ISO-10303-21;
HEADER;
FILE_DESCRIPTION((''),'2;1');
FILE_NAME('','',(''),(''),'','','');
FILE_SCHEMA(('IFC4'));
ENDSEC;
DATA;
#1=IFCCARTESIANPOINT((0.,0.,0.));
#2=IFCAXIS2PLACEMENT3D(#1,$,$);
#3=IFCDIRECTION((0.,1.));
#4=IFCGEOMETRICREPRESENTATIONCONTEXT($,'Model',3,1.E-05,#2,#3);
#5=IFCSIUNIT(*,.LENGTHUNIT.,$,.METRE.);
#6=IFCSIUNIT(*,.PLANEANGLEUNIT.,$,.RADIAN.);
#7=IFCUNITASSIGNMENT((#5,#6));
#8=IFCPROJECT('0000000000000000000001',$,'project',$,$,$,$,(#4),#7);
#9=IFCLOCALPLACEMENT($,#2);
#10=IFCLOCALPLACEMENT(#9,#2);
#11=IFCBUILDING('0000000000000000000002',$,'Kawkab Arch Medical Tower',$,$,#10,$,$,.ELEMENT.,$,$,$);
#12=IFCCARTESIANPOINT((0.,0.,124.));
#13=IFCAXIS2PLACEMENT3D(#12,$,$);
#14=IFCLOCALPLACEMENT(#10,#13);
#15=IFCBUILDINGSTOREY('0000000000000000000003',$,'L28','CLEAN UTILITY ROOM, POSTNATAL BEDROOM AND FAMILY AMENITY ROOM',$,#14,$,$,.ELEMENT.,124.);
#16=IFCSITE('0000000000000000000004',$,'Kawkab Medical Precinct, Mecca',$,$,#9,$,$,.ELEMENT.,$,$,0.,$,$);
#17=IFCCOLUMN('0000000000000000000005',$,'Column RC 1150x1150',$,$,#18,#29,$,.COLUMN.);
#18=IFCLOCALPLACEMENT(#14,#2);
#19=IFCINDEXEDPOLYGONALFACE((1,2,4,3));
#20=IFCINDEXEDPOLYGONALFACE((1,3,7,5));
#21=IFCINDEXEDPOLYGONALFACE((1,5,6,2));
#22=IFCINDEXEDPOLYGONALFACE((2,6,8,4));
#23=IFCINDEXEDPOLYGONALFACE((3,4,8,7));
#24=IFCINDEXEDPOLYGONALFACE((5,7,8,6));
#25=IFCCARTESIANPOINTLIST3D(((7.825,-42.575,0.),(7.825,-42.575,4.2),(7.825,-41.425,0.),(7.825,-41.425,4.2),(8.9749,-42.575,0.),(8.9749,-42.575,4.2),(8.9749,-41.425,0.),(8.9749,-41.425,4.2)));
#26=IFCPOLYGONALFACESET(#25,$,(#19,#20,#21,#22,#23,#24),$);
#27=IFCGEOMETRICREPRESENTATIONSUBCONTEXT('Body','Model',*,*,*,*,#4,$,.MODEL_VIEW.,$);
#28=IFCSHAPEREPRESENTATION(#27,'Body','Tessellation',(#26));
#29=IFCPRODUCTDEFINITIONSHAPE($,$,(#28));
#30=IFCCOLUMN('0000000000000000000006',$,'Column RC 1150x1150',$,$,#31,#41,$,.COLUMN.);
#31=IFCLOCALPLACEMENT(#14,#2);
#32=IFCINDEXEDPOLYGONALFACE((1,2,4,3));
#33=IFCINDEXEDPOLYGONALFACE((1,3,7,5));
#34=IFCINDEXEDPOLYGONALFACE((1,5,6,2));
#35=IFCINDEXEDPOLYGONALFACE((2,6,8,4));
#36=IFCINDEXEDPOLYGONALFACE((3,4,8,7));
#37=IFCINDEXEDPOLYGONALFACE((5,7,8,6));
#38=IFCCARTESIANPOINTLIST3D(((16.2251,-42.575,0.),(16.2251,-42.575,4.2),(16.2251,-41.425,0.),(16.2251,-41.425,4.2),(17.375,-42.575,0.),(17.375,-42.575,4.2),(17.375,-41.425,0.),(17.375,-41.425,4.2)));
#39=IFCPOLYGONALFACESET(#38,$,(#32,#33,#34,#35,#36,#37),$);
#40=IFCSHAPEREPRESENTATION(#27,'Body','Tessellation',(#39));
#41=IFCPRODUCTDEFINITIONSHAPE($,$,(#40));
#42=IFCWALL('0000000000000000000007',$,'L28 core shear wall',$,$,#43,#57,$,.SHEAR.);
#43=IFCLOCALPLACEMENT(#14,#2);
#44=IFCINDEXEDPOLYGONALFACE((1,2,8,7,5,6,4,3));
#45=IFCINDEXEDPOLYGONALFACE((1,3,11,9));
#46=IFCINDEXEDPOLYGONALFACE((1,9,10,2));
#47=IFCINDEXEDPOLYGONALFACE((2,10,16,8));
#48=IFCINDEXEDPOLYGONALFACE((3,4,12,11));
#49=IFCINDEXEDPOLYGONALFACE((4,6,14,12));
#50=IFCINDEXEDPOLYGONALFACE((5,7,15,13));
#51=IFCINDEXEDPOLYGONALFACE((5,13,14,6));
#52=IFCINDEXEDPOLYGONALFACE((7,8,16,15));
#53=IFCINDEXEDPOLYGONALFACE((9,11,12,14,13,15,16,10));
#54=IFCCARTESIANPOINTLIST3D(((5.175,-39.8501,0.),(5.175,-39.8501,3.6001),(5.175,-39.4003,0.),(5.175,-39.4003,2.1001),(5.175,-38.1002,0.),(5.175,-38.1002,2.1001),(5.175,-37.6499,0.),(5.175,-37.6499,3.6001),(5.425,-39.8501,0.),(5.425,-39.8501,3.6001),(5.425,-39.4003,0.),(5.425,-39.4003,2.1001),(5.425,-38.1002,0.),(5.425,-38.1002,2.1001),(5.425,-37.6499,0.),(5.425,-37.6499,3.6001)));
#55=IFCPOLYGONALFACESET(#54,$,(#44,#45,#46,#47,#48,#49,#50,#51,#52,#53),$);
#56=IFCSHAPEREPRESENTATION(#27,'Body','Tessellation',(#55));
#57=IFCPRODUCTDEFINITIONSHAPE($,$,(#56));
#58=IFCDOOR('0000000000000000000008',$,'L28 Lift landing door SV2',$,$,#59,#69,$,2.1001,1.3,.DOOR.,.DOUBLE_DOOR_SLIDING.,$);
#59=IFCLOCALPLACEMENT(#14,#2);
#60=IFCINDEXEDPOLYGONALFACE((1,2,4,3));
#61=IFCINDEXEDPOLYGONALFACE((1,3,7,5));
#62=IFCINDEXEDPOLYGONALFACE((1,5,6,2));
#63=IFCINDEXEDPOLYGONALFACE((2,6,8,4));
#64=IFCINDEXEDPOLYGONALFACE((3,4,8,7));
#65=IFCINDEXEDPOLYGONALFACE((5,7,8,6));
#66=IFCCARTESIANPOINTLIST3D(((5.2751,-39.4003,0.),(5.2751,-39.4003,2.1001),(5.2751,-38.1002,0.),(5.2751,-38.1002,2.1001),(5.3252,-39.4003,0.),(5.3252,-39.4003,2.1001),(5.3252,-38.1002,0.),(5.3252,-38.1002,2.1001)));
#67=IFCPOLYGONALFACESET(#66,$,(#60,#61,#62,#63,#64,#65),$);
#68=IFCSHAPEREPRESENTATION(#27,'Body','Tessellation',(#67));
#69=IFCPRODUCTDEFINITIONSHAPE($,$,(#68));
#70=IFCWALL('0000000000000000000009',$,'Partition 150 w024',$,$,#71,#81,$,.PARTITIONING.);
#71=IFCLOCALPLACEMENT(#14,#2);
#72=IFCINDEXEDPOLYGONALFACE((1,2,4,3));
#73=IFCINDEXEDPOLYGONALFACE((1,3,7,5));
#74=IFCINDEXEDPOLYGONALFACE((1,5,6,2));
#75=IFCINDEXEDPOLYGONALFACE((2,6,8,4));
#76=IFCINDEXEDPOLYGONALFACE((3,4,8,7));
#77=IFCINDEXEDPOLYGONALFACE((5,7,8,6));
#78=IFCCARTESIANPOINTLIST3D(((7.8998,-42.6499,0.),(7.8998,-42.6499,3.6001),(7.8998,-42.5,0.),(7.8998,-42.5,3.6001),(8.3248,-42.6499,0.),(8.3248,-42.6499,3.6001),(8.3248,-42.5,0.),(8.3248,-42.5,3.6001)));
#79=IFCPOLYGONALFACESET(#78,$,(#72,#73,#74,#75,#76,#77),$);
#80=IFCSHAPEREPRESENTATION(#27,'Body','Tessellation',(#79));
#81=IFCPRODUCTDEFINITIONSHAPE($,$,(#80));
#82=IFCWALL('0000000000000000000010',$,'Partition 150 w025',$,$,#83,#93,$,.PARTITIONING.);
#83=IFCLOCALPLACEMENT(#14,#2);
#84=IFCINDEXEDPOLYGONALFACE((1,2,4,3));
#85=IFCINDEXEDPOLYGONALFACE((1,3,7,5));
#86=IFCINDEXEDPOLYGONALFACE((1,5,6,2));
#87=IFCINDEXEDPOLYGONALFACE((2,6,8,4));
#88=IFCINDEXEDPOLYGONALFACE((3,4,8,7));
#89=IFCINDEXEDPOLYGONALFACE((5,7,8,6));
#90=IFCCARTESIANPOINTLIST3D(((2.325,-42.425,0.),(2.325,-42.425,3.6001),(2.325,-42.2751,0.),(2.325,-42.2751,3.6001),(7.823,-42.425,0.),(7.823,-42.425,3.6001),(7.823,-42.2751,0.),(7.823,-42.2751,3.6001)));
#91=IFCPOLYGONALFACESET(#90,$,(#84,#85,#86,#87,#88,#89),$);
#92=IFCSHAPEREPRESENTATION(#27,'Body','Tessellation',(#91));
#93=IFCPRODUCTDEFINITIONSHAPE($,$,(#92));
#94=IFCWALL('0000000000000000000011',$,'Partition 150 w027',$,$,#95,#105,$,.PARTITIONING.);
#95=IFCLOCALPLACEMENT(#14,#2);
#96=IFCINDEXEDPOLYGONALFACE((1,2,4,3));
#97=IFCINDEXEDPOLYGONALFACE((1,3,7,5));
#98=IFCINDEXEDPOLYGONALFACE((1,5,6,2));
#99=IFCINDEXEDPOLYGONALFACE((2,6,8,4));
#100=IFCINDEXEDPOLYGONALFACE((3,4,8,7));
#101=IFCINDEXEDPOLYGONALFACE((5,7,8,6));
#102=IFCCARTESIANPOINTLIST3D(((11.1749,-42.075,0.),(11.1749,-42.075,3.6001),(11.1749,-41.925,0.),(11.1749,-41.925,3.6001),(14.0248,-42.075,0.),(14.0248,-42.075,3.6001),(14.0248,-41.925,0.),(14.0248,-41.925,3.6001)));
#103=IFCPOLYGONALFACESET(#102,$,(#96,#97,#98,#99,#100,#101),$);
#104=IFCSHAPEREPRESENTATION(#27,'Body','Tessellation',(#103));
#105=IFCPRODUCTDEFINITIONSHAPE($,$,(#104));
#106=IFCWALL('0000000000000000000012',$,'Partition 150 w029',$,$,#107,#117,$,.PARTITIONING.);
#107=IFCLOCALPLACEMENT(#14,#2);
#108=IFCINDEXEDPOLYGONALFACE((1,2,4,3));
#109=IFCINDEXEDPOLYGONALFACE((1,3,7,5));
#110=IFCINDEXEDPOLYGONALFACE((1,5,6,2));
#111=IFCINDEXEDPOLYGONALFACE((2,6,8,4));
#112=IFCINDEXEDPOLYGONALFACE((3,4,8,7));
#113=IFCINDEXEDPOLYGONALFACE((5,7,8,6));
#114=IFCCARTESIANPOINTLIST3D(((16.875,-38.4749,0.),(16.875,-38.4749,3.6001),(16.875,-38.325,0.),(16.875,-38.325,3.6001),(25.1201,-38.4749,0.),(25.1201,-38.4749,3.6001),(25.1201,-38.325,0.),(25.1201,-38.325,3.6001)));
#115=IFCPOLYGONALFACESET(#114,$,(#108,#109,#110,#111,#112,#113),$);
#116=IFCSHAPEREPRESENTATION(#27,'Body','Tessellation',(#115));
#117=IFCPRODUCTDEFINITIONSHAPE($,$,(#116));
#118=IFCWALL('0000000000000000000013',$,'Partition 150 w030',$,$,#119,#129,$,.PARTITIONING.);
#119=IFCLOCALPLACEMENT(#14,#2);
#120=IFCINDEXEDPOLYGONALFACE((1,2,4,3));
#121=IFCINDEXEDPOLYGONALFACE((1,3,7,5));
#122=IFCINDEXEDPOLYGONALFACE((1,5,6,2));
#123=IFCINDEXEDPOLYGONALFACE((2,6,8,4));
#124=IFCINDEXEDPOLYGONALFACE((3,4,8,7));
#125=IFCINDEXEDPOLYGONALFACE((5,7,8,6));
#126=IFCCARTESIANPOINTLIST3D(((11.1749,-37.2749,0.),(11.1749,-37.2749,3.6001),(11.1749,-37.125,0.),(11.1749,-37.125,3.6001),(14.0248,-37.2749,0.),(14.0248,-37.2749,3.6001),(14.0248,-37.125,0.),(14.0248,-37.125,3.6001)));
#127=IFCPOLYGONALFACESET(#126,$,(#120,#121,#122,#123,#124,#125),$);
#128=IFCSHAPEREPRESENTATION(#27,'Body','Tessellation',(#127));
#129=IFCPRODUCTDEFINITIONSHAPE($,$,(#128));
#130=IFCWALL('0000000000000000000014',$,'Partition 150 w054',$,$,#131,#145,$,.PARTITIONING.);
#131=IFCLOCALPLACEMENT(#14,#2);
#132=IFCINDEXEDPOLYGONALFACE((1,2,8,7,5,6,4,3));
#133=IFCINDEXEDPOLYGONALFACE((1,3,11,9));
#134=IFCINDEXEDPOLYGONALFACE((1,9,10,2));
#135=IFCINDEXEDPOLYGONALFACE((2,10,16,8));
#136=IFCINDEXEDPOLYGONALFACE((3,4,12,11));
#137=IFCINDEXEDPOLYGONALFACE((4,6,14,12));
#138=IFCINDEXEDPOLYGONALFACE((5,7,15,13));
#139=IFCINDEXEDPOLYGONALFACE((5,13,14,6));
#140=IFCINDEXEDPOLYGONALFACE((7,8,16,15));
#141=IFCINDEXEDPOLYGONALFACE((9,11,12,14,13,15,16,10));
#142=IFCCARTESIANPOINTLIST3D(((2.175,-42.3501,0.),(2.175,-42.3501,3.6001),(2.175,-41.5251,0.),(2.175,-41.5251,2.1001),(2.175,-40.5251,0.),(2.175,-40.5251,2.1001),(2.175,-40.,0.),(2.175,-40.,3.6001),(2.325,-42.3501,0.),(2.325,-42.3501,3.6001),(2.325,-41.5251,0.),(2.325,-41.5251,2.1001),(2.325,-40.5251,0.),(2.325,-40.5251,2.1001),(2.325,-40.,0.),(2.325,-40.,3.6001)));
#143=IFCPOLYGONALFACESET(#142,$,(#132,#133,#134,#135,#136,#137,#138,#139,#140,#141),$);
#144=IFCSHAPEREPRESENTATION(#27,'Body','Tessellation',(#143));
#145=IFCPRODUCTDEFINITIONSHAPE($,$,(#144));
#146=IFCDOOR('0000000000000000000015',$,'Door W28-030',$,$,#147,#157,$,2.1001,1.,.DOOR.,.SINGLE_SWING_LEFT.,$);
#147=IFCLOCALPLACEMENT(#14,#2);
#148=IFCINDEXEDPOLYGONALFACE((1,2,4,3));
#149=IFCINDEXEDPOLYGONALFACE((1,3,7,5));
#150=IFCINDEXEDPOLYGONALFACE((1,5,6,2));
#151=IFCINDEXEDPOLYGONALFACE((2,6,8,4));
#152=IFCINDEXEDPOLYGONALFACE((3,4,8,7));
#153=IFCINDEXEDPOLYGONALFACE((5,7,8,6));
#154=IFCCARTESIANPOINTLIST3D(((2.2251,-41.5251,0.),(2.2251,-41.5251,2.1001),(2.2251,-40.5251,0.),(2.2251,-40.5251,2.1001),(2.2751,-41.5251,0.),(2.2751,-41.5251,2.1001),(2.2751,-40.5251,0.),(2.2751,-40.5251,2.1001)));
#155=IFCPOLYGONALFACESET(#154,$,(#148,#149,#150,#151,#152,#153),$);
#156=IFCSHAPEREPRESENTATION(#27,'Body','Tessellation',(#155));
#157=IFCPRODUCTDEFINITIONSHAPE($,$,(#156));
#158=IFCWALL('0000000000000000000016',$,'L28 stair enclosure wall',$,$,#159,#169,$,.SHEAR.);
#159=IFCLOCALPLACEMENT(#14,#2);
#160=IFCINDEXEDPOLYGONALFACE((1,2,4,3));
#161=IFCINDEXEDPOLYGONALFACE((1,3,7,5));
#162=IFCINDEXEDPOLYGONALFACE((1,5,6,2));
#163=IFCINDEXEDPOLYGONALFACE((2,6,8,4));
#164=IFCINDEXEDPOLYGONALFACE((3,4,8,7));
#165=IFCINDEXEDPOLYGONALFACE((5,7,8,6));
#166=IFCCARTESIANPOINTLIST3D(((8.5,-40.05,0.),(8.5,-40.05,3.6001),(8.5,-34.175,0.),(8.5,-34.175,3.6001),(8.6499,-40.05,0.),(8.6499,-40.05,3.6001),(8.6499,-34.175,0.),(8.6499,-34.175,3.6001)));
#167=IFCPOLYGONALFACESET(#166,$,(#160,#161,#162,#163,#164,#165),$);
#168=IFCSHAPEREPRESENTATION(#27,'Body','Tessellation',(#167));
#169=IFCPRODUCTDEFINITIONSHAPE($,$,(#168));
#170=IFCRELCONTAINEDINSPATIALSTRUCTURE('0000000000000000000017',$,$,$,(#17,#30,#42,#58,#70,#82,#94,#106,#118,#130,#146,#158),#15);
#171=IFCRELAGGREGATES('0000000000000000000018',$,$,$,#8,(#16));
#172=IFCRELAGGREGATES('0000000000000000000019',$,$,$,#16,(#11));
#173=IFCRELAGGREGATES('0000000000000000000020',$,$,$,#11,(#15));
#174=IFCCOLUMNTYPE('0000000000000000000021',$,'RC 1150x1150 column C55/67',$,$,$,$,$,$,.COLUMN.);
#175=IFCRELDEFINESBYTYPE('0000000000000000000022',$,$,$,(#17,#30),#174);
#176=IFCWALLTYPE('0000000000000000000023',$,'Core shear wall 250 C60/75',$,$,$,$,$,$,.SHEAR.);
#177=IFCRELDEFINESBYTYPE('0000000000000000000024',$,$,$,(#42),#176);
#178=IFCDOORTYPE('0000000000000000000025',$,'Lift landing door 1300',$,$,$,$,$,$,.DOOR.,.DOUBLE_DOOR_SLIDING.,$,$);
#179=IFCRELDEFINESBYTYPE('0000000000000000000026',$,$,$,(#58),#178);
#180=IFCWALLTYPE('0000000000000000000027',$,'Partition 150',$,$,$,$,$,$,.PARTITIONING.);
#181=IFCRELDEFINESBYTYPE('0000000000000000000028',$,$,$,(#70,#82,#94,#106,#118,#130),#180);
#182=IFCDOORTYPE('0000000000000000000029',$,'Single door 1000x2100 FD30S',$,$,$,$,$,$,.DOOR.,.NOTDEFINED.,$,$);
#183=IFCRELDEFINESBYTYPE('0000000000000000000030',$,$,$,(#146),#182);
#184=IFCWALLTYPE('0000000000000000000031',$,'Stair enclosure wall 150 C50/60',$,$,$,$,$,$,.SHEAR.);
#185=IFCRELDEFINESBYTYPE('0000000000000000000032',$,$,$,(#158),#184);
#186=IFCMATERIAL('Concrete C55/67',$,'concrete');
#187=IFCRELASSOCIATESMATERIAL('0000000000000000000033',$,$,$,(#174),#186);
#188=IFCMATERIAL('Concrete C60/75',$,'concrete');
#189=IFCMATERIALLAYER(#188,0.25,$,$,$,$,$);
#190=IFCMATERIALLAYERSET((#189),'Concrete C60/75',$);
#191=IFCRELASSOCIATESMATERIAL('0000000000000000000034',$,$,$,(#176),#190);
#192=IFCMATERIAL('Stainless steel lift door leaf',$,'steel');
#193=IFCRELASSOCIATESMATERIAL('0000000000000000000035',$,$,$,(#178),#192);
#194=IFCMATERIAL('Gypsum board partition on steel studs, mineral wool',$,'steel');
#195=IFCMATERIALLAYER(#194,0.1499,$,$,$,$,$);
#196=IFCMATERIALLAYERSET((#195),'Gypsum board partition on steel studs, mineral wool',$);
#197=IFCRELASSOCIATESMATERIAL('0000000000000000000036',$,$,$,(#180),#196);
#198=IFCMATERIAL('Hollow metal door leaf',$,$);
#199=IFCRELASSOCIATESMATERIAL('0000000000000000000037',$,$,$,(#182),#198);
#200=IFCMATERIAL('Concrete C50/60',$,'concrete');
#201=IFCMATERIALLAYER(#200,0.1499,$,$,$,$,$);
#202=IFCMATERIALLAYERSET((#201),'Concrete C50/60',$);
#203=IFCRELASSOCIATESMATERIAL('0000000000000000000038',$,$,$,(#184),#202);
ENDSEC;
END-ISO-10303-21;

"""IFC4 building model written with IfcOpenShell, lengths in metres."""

from ifc_helpers import new_model, si_unit, direction, frame, frame_2d, origin, origin_2d, place, context, subcontext, project, spatial, rectangle, extrude, material, layer, layer_set, material_profile, profile_set, type_object, element, fill, save


model = new_model("IFC4")

# Units and contexts
model_context = context("Model", 3, precision=1e-05, world=origin(), true_north=direction((0.0, 1.0)))
body_context = subcontext(model_context, "Body", "Model", "MODEL_VIEW")
ifc_project = project(units=[si_unit("LENGTHUNIT", "METRE"), si_unit("PLANEANGLEUNIT", "RADIAN")], contexts=[model_context])

# Site, building, storey
site_placement = place(None, origin())
site = spatial("IfcSite", under=ifc_project, at=site_placement, Name="Kawkab Medical Precinct, Mecca", CompositionType="ELEMENT", RefElevation=0.0)
building_placement = place(site_placement, origin())
building = spatial("IfcBuilding", under=site, at=building_placement, Name="Kawkab Arch Medical Tower", CompositionType="ELEMENT")
storey_placement = place(building_placement, frame((0.0, 0.0, 124.0)))
storey = spatial("IfcBuildingStorey", under=building, at=storey_placement, Name="L28", Description="CLEAN UTILITY ROOM, POSTNATAL BEDROOM AND FAMILY AMENITY ROOM", CompositionType="ELEMENT", Elevation=124.0)

# Columns
ifc_material_1 = material(Name="Concrete C55/67", Category="concrete")
ifc_material_profile = material_profile(ifc_material_1, rectangle(XDim=1.1499, YDim=1.1499, at=origin_2d()), Name="RC 1150x1150")
ifc_profile_set = profile_set([ifc_material_profile], Name="Concrete C55/67")
column_type = type_object("IfcColumnType", Name="RC 1150x1150 column C55/67", PredefinedType="COLUMN", material=ifc_profile_set)
for number, where, z_axis, x_axis, name in (
    (1, (8.3999, -42.0, 0.0), (0.0, 0.0, 1.0), (1.0, 0.0, 0.0), "Column RC 1150x1150"),
    (2, (16.8, -42.0, 0.0), (0.0, 0.0, 1.0), (1.0, 0.0, 0.0), "Column RC 1150x1150"),
):
    element("IfcColumn", number, at=place(storey_placement, frame(where, z_axis=z_axis, x_axis=x_axis)), inside=storey, type_object=column_type, Name=name, PredefinedType="COLUMN", context=body_context, shape_type="SweptSolid", body=[
        extrude(rectangle(XDim=1.1499, YDim=1.1499, at=origin_2d()), origin(), (0.0, 0.0, 1.0), 4.2),
    ])

# Wall, opening, door
ifc_material_2 = material(Name="Concrete C60/75", Category="concrete")
ifc_layer_1 = layer(ifc_material_2, 0.25)
ifc_layer_set_1 = layer_set([ifc_layer_1], Name="Concrete C60/75")
wall_type_1 = type_object("IfcWallType", Name="Core shear wall 250 C60/75", PredefinedType="SHEAR", material=ifc_layer_set_1)
wall_1_placement = place(storey_placement, frame((5.3, -39.8501, 0.0), z_axis=(0.0, 0.0, 1.0), x_axis=(0.0, 1.0, 0.0)))
wall_1 = element("IfcWall", 3, at=wall_1_placement, inside=storey, type_object=wall_type_1, Name="L28 core shear wall", PredefinedType="SHEAR", context=body_context, shape_type="SweptSolid", body=[
    extrude(rectangle(XDim=2.2002, YDim=0.25, at=frame_2d((1.1001, 0.0))), origin(), (0.0, 0.0, 1.0), 3.6001),
])
opening_1_placement = place(wall_1_placement, frame((0.45, 0.0, 0.0)))
opening_1 = element("IfcOpeningElement", 4, at=opening_1_placement, cuts=wall_1, PredefinedType="OPENING", context=body_context, shape_type="SweptSolid", body=[
    extrude(rectangle(XDim=1.3, YDim=2.1001, at=frame_2d((0.6499, 1.05))), frame((0.0, 0.135, 0.0), z_axis=(0.0, -1.0, 0.0), x_axis=(1.0, 0.0, 0.0)), (0.0, 0.0, 1.0), 0.27),
])
ifc_material_3 = material(Name="Stainless steel lift door leaf", Category="steel")
door_type_1 = type_object("IfcDoorType", Name="Lift landing door 1300", OperationType="DOUBLE_DOOR_SLIDING", PredefinedType="DOOR", material=ifc_material_3)
door_1_placement = place(opening_1_placement, origin())
door_1 = element("IfcDoor", 5, at=door_1_placement, inside=storey, type_object=door_type_1, Name="L28 Lift landing door SV2", OperationType="DOUBLE_DOOR_SLIDING", OverallHeight=2.1001, OverallWidth=1.3, PredefinedType="DOOR", context=body_context, shape_type="SweptSolid", body=[
    extrude(rectangle(XDim=1.3, YDim=2.1001, at=frame_2d((0.6499, 1.05))), frame((0.0, 0.0249, 0.0), z_axis=(0.0, -1.0, 0.0), x_axis=(1.0, 0.0, 0.0)), (0.0, 0.0, 1.0), 0.05),
])
fill(opening_1, door_1)

# Walls
ifc_material_4 = material(Name="Gypsum board partition on steel studs, mineral wool", Category="steel")
ifc_layer_2 = layer(ifc_material_4, 0.1499)
ifc_layer_set_2 = layer_set([ifc_layer_2], Name="Gypsum board partition on steel studs, mineral wool")
wall_type_2 = type_object("IfcWallType", Name="Partition 150", PredefinedType="PARTITIONING", material=ifc_layer_set_2)
wall_2_placement = place(storey_placement, frame((7.8999, -42.575, 0.0), z_axis=(0.0, 0.0, 1.0), x_axis=(1.0, 0.0, 0.0)))
element("IfcWall", 6, at=wall_2_placement, inside=storey, type_object=wall_type_2, Name="Partition 150 w024", PredefinedType="PARTITIONING", context=body_context, shape_type="SweptSolid", body=[
    extrude(rectangle(XDim=0.425, YDim=0.1499, at=frame_2d((0.2124, 0.0))), origin(), (0.0, 0.0, 1.0), 3.6001),
])
wall_3_placement = place(storey_placement, frame((2.325, -42.3501, 0.0), z_axis=(0.0, 0.0, 1.0), x_axis=(1.0, 0.0, 0.0)))
element("IfcWall", 7, at=wall_3_placement, inside=storey, type_object=wall_type_2, Name="Partition 150 w025", PredefinedType="PARTITIONING", context=body_context, shape_type="SweptSolid", body=[
    extrude(rectangle(XDim=5.498, YDim=0.1499, at=frame_2d((2.749, 0.0))), origin(), (0.0, 0.0, 1.0), 3.6001),
])
wall_4_placement = place(storey_placement, frame((11.175, -42.0, 0.0), z_axis=(0.0, 0.0, 1.0), x_axis=(1.0, 0.0, 0.0)))
element("IfcWall", 8, at=wall_4_placement, inside=storey, type_object=wall_type_2, Name="Partition 150 w027", PredefinedType="PARTITIONING", context=body_context, shape_type="SweptSolid", body=[
    extrude(rectangle(XDim=2.8499, YDim=0.1499, at=frame_2d((1.4248, 0.0))), origin(), (0.0, 0.0, 1.0), 3.6001),
])
wall_5_placement = place(storey_placement, frame((16.875, -38.3999, 0.0), z_axis=(0.0, 0.0, 1.0), x_axis=(1.0, 0.0, 0.0)))
element("IfcWall", 9, at=wall_5_placement, inside=storey, type_object=wall_type_2, Name="Partition 150 w029", PredefinedType="PARTITIONING", context=body_context, shape_type="SweptSolid", body=[
    extrude(rectangle(XDim=8.2451, YDim=0.1499, at=frame_2d((4.1226, 0.0))), origin(), (0.0, 0.0, 1.0), 3.6001),
])
wall_6_placement = place(storey_placement, frame((11.175, -37.2, 0.0), z_axis=(0.0, 0.0, 1.0), x_axis=(1.0, 0.0, 0.0)))
element("IfcWall", 10, at=wall_6_placement, inside=storey, type_object=wall_type_2, Name="Partition 150 w030", PredefinedType="PARTITIONING", context=body_context, shape_type="SweptSolid", body=[
    extrude(rectangle(XDim=2.8499, YDim=0.1499, at=frame_2d((1.4248, 0.0))), origin(), (0.0, 0.0, 1.0), 3.6001),
])

# Wall, opening, door
wall_7_placement = place(storey_placement, frame((2.25, -42.3501, 0.0), z_axis=(0.0, 0.0, 1.0), x_axis=(0.0, 1.0, 0.0)))
wall_7 = element("IfcWall", 11, at=wall_7_placement, inside=storey, type_object=wall_type_2, Name="Partition 150 w054", PredefinedType="PARTITIONING", context=body_context, shape_type="SweptSolid", body=[
    extrude(rectangle(XDim=2.3501, YDim=0.1499, at=frame_2d((1.175, 0.0))), origin(), (0.0, 0.0, 1.0), 3.6001),
])
opening_2_placement = place(wall_7_placement, frame((0.825, 0.0, 0.0)))
opening_2 = element("IfcOpeningElement", 12, at=opening_2_placement, cuts=wall_7, PredefinedType="OPENING", context=body_context, shape_type="SweptSolid", body=[
    extrude(rectangle(XDim=1.0, YDim=2.1001, at=frame_2d((0.5, 1.05))), frame((0.0, 0.085, 0.0), z_axis=(0.0, -1.0, 0.0), x_axis=(1.0, 0.0, 0.0)), (0.0, 0.0, 1.0), 0.1699),
])
ifc_material_5 = material(Name="Hollow metal door leaf")
door_type_2 = type_object("IfcDoorType", Name="Single door 1000x2100 FD30S", OperationType="NOTDEFINED", PredefinedType="DOOR", material=ifc_material_5)
door_2_placement = place(opening_2_placement, origin())
door_2 = element("IfcDoor", 13, at=door_2_placement, inside=storey, type_object=door_type_2, Name="Door W28-030", OperationType="SINGLE_SWING_LEFT", OverallHeight=2.1001, OverallWidth=1.0, PredefinedType="DOOR", context=body_context, shape_type="SweptSolid", body=[
    extrude(rectangle(XDim=1.0, YDim=2.1001, at=frame_2d((0.5, 1.05))), frame((0.0, 0.0249, 0.0), z_axis=(0.0, -1.0, 0.0), x_axis=(1.0, 0.0, 0.0)), (0.0, 0.0, 1.0), 0.05),
])
fill(opening_2, door_2)

# Wall
ifc_material_6 = material(Name="Concrete C50/60", Category="concrete")
ifc_layer_3 = layer(ifc_material_6, 0.1499)
ifc_layer_set_3 = layer_set([ifc_layer_3], Name="Concrete C50/60")
wall_type_3 = type_object("IfcWallType", Name="Stair enclosure wall 150 C50/60", PredefinedType="SHEAR", material=ifc_layer_set_3)
wall_8_placement = place(storey_placement, frame((8.575, -40.05, 0.0), z_axis=(0.0, 0.0, 1.0), x_axis=(0.0, 1.0, 0.0)))
element("IfcWall", 14, at=wall_8_placement, inside=storey, type_object=wall_type_3, Name="L28 stair enclosure wall", PredefinedType="SHEAR", context=body_context, shape_type="SweptSolid", body=[
    extrude(rectangle(XDim=5.875, YDim=0.1499, at=frame_2d((2.9375, 0.0))), origin(), (0.0, 0.0, 1.0), 3.6001),
])

save(model, "model.ifc")
